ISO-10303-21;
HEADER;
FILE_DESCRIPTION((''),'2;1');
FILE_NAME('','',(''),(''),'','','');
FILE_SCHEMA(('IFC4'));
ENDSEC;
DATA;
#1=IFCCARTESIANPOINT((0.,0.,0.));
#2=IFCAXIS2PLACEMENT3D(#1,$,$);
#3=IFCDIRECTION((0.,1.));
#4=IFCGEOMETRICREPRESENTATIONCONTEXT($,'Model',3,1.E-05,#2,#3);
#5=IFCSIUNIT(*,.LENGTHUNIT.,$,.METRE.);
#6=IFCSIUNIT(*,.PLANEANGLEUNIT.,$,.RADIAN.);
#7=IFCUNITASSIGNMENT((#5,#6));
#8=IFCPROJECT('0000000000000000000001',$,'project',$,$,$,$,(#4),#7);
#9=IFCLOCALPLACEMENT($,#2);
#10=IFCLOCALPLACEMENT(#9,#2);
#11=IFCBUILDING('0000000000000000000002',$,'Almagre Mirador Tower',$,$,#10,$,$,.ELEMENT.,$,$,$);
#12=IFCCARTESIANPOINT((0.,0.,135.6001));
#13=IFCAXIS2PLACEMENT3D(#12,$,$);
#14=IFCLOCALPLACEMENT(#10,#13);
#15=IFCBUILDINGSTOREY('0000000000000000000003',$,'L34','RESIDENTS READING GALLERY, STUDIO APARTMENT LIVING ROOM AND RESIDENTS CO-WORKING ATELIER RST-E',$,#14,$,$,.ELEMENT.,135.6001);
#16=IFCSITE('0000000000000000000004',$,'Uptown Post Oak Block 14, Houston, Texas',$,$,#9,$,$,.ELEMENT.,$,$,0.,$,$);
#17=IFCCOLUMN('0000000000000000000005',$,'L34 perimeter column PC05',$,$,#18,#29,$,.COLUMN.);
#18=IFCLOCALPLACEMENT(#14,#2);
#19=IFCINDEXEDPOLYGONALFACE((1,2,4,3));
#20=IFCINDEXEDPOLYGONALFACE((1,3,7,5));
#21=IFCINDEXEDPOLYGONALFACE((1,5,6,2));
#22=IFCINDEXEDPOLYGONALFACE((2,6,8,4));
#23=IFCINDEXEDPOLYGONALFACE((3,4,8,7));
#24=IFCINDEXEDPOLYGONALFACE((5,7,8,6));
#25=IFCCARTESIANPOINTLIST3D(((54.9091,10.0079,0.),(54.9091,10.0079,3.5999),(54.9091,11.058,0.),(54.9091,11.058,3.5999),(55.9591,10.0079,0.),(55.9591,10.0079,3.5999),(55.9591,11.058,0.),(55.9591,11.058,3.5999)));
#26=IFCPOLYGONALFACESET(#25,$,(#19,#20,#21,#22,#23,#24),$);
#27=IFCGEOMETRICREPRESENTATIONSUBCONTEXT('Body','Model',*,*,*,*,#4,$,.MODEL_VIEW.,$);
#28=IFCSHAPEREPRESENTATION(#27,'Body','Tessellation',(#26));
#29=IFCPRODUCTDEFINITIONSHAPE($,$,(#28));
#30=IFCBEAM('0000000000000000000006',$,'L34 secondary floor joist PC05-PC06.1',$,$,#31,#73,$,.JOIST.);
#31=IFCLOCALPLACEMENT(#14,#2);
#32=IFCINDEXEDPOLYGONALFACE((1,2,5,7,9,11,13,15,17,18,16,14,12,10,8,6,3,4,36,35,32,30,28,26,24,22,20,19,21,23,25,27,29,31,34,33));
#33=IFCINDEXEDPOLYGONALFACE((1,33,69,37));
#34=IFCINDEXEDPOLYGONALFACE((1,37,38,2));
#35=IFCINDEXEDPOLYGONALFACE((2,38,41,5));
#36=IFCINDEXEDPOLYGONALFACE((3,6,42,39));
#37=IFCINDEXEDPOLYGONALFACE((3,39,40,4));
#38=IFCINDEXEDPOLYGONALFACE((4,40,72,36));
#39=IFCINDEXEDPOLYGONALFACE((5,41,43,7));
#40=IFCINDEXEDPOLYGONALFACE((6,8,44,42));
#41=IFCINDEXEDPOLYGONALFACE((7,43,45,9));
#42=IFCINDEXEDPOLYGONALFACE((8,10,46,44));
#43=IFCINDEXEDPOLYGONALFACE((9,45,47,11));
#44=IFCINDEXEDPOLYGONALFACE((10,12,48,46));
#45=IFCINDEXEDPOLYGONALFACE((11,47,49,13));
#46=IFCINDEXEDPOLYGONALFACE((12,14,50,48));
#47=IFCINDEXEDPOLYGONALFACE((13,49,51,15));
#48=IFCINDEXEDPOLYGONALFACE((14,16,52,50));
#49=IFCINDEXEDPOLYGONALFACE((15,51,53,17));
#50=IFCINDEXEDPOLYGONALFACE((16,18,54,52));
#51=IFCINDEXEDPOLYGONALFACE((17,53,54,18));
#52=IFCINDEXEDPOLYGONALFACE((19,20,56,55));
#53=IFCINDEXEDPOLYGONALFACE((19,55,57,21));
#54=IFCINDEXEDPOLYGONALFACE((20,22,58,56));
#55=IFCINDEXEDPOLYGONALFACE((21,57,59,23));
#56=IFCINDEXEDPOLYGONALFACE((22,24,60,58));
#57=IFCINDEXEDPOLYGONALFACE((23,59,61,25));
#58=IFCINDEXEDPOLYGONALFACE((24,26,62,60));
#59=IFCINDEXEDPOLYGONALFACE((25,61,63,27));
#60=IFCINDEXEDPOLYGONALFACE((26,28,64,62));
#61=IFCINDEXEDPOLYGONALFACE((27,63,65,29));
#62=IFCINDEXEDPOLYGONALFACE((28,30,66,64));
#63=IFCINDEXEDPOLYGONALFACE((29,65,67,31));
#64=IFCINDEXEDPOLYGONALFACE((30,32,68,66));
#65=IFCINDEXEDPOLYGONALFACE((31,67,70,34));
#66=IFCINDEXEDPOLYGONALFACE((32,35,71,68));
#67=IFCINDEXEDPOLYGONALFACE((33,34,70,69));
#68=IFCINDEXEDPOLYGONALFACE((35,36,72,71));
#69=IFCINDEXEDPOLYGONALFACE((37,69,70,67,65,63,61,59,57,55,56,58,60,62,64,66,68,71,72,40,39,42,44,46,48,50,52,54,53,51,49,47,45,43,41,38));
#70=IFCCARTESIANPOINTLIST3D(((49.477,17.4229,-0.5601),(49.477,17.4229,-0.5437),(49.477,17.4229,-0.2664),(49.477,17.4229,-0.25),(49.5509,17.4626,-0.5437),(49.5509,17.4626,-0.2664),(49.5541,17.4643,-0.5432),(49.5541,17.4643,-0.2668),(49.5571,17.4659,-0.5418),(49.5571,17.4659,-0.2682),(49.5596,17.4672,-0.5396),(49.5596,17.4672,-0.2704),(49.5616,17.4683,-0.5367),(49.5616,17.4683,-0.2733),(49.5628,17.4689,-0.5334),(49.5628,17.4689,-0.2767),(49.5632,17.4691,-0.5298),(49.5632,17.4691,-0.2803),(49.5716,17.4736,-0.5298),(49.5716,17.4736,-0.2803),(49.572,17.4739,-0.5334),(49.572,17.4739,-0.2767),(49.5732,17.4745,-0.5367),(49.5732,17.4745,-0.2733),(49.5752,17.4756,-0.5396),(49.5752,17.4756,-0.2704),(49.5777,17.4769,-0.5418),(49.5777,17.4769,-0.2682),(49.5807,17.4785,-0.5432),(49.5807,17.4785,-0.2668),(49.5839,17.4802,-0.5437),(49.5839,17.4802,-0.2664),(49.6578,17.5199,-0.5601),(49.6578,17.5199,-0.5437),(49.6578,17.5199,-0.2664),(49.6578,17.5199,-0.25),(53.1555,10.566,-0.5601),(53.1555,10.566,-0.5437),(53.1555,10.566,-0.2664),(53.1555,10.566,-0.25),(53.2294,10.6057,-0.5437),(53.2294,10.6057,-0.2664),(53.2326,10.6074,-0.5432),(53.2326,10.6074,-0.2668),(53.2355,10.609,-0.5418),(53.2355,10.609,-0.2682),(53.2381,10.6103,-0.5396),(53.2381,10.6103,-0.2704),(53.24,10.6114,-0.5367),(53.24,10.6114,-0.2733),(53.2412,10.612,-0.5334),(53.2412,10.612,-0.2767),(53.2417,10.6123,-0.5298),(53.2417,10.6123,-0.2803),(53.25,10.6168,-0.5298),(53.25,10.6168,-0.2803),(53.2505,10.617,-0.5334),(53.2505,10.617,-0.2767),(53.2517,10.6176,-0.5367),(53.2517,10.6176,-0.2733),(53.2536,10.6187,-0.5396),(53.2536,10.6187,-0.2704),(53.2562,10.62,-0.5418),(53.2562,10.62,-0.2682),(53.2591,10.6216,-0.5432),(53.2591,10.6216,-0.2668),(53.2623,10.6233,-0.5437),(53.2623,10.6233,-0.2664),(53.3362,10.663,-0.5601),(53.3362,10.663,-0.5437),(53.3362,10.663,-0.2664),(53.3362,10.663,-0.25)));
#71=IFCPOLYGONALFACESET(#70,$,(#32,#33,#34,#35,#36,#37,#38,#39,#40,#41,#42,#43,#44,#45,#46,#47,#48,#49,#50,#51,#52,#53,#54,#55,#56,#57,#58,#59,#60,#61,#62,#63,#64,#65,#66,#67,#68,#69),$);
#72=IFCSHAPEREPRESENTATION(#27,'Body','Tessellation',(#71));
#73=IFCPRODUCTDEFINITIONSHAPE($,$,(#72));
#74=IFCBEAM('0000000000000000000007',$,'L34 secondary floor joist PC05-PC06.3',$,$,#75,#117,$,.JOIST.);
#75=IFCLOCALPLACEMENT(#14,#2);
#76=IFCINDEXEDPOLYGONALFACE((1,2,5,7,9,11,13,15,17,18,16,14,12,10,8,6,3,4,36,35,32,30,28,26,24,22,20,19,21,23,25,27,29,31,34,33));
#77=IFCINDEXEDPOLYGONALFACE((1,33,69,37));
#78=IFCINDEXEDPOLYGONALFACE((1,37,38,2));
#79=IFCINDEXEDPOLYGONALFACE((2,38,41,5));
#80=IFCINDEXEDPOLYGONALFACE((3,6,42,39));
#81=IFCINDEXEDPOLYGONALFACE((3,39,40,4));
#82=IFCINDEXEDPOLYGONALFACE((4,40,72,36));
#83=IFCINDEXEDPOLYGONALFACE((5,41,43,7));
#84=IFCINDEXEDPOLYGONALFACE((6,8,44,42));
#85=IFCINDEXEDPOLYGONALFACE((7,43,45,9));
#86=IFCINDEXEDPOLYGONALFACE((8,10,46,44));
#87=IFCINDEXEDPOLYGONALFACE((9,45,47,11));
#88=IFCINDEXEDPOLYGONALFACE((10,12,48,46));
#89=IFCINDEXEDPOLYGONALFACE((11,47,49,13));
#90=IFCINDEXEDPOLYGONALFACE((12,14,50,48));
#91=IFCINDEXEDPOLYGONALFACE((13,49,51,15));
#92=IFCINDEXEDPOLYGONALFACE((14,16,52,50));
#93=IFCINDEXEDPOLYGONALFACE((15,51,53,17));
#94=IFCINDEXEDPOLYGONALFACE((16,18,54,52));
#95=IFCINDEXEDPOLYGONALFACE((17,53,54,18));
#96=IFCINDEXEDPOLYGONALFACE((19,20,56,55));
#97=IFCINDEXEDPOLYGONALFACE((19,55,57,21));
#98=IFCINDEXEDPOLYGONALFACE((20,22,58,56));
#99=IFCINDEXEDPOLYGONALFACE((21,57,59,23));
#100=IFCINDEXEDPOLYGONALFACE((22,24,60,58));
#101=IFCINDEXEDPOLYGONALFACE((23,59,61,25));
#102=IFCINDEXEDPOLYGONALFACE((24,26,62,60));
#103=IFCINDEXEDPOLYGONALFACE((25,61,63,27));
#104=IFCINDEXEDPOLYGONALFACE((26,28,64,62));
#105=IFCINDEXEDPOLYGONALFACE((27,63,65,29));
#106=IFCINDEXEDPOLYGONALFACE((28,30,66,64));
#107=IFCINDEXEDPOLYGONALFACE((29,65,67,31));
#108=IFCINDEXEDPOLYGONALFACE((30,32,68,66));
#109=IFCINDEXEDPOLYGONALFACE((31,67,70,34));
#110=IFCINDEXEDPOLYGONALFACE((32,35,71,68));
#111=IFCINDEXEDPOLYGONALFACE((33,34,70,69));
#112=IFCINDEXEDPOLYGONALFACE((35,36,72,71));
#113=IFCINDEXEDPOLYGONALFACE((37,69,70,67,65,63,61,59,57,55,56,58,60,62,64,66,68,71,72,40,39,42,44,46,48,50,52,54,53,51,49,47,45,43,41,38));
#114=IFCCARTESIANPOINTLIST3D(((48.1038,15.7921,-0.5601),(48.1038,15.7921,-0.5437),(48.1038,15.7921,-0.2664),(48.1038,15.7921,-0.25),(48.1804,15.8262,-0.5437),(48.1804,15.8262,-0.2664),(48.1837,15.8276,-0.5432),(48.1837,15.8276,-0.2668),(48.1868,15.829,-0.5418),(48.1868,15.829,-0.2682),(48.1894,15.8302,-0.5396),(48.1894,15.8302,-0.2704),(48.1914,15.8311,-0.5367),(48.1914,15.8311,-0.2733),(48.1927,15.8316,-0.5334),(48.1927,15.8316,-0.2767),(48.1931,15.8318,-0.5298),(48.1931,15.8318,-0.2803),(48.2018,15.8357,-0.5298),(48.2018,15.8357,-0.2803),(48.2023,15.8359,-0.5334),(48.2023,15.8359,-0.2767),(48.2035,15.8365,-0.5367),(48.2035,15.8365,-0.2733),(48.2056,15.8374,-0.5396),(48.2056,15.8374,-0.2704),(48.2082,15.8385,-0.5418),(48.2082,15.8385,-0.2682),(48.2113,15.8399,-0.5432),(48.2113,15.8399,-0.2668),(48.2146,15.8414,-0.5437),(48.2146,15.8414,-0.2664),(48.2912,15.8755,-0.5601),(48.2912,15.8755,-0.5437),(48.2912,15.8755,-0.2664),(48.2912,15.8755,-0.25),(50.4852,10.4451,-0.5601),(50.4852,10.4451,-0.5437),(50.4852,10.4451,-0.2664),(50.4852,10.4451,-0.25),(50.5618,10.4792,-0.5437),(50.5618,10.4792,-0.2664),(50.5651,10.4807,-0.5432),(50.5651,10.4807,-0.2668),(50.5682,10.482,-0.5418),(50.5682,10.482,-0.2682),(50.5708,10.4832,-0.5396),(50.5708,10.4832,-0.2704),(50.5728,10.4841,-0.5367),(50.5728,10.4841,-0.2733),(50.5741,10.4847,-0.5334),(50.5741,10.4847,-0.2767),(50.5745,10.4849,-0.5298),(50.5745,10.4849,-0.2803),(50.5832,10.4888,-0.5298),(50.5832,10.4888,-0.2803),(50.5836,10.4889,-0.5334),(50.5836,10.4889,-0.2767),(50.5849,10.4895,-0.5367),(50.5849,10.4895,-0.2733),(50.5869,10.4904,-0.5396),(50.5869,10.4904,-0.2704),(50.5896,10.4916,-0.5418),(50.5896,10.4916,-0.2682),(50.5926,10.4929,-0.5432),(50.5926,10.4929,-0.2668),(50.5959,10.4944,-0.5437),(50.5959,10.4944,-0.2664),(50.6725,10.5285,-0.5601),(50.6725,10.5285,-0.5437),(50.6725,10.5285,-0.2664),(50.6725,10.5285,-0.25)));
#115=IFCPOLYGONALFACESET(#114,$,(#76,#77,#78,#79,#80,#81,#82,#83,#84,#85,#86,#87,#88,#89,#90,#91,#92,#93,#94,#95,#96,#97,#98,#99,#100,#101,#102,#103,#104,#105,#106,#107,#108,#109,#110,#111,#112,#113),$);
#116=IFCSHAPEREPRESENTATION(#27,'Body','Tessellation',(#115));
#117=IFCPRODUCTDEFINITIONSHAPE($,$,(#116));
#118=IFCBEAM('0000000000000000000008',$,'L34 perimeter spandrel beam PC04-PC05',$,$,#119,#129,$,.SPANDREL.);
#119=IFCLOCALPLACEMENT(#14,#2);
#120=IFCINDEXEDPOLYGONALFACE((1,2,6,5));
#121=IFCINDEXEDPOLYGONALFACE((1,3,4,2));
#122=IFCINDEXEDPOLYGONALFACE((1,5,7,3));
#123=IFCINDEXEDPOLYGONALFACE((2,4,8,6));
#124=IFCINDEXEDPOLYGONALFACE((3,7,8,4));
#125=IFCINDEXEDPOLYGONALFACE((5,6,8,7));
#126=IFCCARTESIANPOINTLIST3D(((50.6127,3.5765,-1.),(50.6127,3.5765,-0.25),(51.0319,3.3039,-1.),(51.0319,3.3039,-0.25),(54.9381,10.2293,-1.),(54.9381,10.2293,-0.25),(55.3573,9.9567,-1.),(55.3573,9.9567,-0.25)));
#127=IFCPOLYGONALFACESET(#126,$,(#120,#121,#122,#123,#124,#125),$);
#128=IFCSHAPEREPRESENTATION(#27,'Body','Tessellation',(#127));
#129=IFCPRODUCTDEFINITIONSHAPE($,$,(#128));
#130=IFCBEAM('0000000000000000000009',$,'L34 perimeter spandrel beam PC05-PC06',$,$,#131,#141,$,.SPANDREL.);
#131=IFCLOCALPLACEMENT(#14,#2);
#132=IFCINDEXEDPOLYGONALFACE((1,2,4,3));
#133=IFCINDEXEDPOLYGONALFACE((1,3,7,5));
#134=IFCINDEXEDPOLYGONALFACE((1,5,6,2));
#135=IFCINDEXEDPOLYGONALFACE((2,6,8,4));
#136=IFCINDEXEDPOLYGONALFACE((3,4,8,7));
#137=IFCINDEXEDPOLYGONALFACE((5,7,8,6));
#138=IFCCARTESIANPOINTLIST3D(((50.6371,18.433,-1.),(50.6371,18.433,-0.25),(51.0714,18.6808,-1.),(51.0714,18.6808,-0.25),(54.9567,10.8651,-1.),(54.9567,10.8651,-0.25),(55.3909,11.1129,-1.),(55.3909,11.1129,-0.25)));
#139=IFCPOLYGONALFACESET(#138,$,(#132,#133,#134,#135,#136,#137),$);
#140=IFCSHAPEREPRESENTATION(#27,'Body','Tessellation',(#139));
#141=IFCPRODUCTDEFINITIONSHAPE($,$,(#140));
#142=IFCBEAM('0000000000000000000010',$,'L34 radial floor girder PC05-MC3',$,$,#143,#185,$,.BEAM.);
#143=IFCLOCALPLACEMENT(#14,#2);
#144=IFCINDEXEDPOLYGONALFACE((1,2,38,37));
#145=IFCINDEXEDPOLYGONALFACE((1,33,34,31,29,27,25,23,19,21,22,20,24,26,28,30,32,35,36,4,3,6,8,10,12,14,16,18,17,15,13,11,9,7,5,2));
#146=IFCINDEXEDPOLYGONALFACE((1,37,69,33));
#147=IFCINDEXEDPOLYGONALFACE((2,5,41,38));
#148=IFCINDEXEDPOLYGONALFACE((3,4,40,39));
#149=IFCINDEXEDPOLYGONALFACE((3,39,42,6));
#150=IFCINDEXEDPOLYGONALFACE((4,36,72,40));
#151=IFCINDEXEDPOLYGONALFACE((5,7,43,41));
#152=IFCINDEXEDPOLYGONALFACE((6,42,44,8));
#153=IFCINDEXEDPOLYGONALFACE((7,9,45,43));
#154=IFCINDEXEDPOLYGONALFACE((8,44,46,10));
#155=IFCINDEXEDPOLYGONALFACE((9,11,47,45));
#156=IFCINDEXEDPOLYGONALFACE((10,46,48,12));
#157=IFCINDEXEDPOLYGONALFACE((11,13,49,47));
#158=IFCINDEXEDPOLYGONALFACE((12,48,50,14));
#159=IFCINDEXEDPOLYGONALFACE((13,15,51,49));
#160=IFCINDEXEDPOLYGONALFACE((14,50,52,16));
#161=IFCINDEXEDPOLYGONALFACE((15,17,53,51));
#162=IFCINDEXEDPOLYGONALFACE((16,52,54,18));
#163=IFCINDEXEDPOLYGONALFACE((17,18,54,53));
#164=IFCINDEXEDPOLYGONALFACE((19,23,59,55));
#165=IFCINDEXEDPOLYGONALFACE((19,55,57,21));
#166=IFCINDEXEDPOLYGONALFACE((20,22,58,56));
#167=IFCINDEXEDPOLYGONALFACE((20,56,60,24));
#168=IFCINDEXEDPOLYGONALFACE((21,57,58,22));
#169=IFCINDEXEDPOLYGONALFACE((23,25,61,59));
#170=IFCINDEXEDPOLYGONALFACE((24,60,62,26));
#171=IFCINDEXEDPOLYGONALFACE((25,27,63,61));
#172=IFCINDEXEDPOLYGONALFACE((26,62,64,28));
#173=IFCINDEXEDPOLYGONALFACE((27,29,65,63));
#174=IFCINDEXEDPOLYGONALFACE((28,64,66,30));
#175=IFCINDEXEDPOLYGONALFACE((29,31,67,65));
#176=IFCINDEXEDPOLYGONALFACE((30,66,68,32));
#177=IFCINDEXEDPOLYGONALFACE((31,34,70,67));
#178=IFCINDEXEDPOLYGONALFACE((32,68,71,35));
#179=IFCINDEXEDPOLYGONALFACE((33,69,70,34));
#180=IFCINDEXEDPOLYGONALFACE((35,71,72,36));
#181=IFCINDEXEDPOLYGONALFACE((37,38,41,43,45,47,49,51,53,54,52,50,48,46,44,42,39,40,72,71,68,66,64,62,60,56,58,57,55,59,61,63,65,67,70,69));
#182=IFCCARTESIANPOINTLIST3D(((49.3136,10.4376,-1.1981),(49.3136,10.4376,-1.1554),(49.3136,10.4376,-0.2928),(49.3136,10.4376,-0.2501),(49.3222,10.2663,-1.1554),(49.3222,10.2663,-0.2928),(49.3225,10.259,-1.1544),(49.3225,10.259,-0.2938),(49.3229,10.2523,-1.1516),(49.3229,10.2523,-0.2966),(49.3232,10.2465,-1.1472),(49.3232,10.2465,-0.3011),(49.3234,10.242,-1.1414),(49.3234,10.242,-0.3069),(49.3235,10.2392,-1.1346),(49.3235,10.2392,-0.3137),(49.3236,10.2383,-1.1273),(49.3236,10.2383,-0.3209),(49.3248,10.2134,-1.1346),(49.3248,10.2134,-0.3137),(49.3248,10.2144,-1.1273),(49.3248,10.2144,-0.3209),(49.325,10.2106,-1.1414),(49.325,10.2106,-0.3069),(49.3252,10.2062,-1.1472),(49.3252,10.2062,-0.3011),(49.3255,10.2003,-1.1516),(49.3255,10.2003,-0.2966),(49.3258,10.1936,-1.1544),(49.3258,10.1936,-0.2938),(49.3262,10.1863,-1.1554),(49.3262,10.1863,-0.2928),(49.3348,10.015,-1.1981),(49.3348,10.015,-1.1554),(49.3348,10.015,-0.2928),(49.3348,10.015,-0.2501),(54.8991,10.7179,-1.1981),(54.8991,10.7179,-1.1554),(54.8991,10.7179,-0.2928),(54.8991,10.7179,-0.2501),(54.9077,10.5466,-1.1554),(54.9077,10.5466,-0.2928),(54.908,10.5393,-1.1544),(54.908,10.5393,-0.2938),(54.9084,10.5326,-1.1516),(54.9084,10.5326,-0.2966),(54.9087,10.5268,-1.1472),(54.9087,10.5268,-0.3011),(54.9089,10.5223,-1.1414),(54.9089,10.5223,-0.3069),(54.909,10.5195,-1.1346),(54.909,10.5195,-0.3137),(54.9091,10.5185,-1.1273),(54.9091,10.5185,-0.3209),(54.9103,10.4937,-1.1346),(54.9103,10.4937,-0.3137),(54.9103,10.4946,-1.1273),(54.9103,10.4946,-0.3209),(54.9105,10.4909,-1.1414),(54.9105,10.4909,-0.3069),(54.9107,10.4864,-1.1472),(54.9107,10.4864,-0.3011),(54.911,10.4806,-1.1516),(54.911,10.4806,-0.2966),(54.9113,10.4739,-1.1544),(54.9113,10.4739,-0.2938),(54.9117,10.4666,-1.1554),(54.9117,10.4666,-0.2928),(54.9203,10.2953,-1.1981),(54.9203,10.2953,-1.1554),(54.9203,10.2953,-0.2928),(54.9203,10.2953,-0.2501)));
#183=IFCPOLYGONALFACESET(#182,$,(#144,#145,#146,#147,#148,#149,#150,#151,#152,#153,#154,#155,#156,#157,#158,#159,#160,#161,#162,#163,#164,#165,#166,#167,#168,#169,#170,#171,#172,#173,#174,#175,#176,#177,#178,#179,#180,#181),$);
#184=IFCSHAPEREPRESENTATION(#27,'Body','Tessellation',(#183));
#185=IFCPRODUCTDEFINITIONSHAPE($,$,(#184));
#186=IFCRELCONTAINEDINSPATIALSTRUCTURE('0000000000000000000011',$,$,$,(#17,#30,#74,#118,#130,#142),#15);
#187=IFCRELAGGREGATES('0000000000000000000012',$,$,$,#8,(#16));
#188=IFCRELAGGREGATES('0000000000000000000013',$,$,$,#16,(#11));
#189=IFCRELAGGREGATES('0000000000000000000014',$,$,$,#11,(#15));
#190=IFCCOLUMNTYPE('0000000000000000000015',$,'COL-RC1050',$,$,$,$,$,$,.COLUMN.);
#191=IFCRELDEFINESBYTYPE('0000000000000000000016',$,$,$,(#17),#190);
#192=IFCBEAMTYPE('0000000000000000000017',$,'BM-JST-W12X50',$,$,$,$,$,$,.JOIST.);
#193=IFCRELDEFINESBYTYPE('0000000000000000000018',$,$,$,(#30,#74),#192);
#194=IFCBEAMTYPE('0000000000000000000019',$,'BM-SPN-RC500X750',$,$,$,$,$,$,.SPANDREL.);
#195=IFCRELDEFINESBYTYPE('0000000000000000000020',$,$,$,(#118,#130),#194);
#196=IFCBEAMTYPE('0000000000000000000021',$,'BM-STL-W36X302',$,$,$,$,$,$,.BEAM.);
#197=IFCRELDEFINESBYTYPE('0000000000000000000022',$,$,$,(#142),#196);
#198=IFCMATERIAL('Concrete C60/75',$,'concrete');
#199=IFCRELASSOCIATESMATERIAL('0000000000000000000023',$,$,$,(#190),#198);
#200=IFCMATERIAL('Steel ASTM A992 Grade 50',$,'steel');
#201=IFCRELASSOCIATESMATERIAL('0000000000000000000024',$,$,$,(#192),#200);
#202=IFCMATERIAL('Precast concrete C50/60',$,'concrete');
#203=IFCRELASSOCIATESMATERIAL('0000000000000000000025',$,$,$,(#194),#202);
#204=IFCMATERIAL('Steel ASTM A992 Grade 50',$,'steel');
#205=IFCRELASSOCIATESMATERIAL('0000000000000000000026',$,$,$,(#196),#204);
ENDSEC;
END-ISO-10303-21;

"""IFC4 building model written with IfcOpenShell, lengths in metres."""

from ifc_helpers import new_model, si_unit, direction, frame, origin, origin_2d, place, context, subcontext, project, spatial, rectangle, i_section, extrude, material, material_profile, profile_set, type_object, element, save


model = new_model("IFC4")

# Units and contexts
model_context = context("Model", 3, precision=1e-05, world=origin(), true_north=direction((0.0, 1.0)))
body_context = subcontext(model_context, "Body", "Model", "MODEL_VIEW")
ifc_project = project(units=[si_unit("LENGTHUNIT", "METRE"), si_unit("PLANEANGLEUNIT", "RADIAN")], contexts=[model_context])

# Site, building, storey
site_placement = place(None, origin())
site = spatial("IfcSite", under=ifc_project, at=site_placement, Name="Uptown Post Oak Block 14, Houston, Texas", CompositionType="ELEMENT", RefElevation=0.0)
building_placement = place(site_placement, origin())
building = spatial("IfcBuilding", under=site, at=building_placement, Name="Almagre Mirador Tower", CompositionType="ELEMENT")
storey_placement = place(building_placement, frame((0.0, 0.0, 135.6001)))
storey = spatial("IfcBuildingStorey", under=building, at=storey_placement, Name="L34", Description="RESIDENTS READING GALLERY, STUDIO APARTMENT LIVING ROOM AND RESIDENTS CO-WORKING ATELIER RST-E", CompositionType="ELEMENT", Elevation=135.6001)

# Column
ifc_material_1 = material(Name="Concrete C60/75", Category="concrete")
ifc_material_profile_1 = material_profile(ifc_material_1, rectangle(XDim=1.05, YDim=1.05, at=origin_2d()), Name="RC1050X1050")
ifc_profile_set_1 = profile_set([ifc_material_profile_1], Name="Concrete C60/75")
column_type = type_object("IfcColumnType", Name="COL-RC1050", PredefinedType="COLUMN", material=ifc_profile_set_1)
column_placement = place(storey_placement, frame((55.4341, 10.533, 0.0), z_axis=(0.0, 0.0, 1.0), x_axis=(1.0, 0.0, 0.0)))
element("IfcColumn", 1, at=column_placement, inside=storey, type_object=column_type, Name="L34 perimeter column PC05", PredefinedType="COLUMN", context=body_context, shape_type="SweptSolid", body=[
    extrude(rectangle(XDim=1.05, YDim=1.05, at=origin_2d()), origin(), (0.0, 0.0, 1.0), 3.5999),
])

# Beams
ifc_material_2 = material(Name="Steel ASTM A992 Grade 50", Category="steel")
ifc_material_profile_2 = material_profile(ifc_material_2, i_section(OverallWidth=0.2051, OverallDepth=0.3101, WebThickness=0.0095, FlangeThickness=0.0164, FilletRadius=0.0139, at=origin_2d()), Name="W12X50")
ifc_profile_set_2 = profile_set([ifc_material_profile_2], Name="Steel ASTM A992 Grade 50")
beam_type_1 = type_object("IfcBeamType", Name="BM-JST-W12X50", PredefinedType="JOIST", material=ifc_profile_set_2)
beam_1_placement = place(storey_placement, frame((53.2458, 10.6145, -0.405), z_axis=(-0.472732, 0.881206, 0.0), x_axis=(-0.881206, -0.472732, 0.0)))
element("IfcBeam", 2, at=beam_1_placement, inside=storey, type_object=beam_type_1, Name="L34 secondary floor joist PC05-PC06.1", PredefinedType="JOIST", context=body_context, shape_type="SweptSolid", body=[
    extrude(i_section(OverallWidth=0.2051, OverallDepth=0.3101, WebThickness=0.0095, FlangeThickness=0.0164, FilletRadius=0.0139, at=origin_2d()), origin(), (0.0, 0.0, 1.0), 7.7812),
])
beam_2_placement = place(storey_placement, frame((50.5789, 10.4868, -0.405), z_axis=(-0.406843, 0.913498, 0.0), x_axis=(-0.913498, -0.406843, 0.0)))
element("IfcBeam", 3, at=beam_2_placement, inside=storey, type_object=beam_type_1, Name="L34 secondary floor joist PC05-PC06.3", PredefinedType="JOIST", context=body_context, shape_type="SweptSolid", body=[
    extrude(i_section(OverallWidth=0.2051, OverallDepth=0.3101, WebThickness=0.0095, FlangeThickness=0.0164, FilletRadius=0.0139, at=origin_2d()), origin(), (0.0, 0.0, 1.0), 5.8533),
])
ifc_material_3 = material(Name="Precast concrete C50/60", Category="concrete")
ifc_material_profile_3 = material_profile(ifc_material_3, rectangle(XDim=0.5, YDim=0.75, at=origin_2d()), Name="RC500X750")
ifc_profile_set_3 = profile_set([ifc_material_profile_3], Name="Precast concrete C50/60")
beam_type_2 = type_object("IfcBeamType", Name="BM-SPN-RC500X750", PredefinedType="SPANDREL", material=ifc_profile_set_3)
beam_3_placement = place(storey_placement, frame((50.8223, 3.4402, -0.625), z_axis=(0.545086, 0.83838, 0.0), x_axis=(-0.83838, 0.545086, 0.0)))
element("IfcBeam", 4, at=beam_3_placement, inside=storey, type_object=beam_type_2, Name="L34 perimeter spandrel beam PC04-PC05", PredefinedType="SPANDREL", context=body_context, shape_type="SweptSolid", body=[
    extrude(rectangle(XDim=0.5, YDim=0.75, at=origin_2d()), origin(), (0.0, 0.0, 1.0), 7.9353),
])
beam_4_placement = place(storey_placement, frame((55.1738, 10.989, -0.625), z_axis=(-0.495713, 0.868486, 0.0), x_axis=(-0.868486, -0.495713, 0.0)))
element("IfcBeam", 5, at=beam_4_placement, inside=storey, type_object=beam_type_2, Name="L34 perimeter spandrel beam PC05-PC06", PredefinedType="SPANDREL", context=body_context, shape_type="SweptSolid", body=[
    extrude(rectangle(XDim=0.5, YDim=0.75, at=origin_2d()), origin(), (0.0, 0.0, 1.0), 8.7139),
])
ifc_material_4 = material(Name="Steel ASTM A992 Grade 50", Category="steel")
ifc_material_profile_4 = material_profile(ifc_material_4, i_section(OverallWidth=0.4231, OverallDepth=0.948, WebThickness=0.0239, FlangeThickness=0.0427, FilletRadius=0.0281, at=origin_2d()), Name="W36X302")
ifc_profile_set_4 = profile_set([ifc_material_profile_4], Name="Steel ASTM A992 Grade 50")
beam_type_3 = type_object("IfcBeamType", Name="BM-STL-W36X302", PredefinedType="BEAM", material=ifc_profile_set_4)
beam_5_placement = place(storey_placement, frame((54.9097, 10.5066, -0.7241), z_axis=(-0.998743, -0.050116, 0.0), x_axis=(0.050116, -0.998743, 0.0)))
element("IfcBeam", 6, at=beam_5_placement, inside=storey, type_object=beam_type_3, Name="L34 radial floor girder PC05-MC3", PredefinedType="BEAM", context=body_context, shape_type="SweptSolid", body=[
    extrude(i_section(OverallWidth=0.4231, OverallDepth=0.948, WebThickness=0.0239, FlangeThickness=0.0427, FilletRadius=0.0281, at=origin_2d()), origin(), (0.0, 0.0, 1.0), 5.5925),
])

save(model, "model.ifc")
